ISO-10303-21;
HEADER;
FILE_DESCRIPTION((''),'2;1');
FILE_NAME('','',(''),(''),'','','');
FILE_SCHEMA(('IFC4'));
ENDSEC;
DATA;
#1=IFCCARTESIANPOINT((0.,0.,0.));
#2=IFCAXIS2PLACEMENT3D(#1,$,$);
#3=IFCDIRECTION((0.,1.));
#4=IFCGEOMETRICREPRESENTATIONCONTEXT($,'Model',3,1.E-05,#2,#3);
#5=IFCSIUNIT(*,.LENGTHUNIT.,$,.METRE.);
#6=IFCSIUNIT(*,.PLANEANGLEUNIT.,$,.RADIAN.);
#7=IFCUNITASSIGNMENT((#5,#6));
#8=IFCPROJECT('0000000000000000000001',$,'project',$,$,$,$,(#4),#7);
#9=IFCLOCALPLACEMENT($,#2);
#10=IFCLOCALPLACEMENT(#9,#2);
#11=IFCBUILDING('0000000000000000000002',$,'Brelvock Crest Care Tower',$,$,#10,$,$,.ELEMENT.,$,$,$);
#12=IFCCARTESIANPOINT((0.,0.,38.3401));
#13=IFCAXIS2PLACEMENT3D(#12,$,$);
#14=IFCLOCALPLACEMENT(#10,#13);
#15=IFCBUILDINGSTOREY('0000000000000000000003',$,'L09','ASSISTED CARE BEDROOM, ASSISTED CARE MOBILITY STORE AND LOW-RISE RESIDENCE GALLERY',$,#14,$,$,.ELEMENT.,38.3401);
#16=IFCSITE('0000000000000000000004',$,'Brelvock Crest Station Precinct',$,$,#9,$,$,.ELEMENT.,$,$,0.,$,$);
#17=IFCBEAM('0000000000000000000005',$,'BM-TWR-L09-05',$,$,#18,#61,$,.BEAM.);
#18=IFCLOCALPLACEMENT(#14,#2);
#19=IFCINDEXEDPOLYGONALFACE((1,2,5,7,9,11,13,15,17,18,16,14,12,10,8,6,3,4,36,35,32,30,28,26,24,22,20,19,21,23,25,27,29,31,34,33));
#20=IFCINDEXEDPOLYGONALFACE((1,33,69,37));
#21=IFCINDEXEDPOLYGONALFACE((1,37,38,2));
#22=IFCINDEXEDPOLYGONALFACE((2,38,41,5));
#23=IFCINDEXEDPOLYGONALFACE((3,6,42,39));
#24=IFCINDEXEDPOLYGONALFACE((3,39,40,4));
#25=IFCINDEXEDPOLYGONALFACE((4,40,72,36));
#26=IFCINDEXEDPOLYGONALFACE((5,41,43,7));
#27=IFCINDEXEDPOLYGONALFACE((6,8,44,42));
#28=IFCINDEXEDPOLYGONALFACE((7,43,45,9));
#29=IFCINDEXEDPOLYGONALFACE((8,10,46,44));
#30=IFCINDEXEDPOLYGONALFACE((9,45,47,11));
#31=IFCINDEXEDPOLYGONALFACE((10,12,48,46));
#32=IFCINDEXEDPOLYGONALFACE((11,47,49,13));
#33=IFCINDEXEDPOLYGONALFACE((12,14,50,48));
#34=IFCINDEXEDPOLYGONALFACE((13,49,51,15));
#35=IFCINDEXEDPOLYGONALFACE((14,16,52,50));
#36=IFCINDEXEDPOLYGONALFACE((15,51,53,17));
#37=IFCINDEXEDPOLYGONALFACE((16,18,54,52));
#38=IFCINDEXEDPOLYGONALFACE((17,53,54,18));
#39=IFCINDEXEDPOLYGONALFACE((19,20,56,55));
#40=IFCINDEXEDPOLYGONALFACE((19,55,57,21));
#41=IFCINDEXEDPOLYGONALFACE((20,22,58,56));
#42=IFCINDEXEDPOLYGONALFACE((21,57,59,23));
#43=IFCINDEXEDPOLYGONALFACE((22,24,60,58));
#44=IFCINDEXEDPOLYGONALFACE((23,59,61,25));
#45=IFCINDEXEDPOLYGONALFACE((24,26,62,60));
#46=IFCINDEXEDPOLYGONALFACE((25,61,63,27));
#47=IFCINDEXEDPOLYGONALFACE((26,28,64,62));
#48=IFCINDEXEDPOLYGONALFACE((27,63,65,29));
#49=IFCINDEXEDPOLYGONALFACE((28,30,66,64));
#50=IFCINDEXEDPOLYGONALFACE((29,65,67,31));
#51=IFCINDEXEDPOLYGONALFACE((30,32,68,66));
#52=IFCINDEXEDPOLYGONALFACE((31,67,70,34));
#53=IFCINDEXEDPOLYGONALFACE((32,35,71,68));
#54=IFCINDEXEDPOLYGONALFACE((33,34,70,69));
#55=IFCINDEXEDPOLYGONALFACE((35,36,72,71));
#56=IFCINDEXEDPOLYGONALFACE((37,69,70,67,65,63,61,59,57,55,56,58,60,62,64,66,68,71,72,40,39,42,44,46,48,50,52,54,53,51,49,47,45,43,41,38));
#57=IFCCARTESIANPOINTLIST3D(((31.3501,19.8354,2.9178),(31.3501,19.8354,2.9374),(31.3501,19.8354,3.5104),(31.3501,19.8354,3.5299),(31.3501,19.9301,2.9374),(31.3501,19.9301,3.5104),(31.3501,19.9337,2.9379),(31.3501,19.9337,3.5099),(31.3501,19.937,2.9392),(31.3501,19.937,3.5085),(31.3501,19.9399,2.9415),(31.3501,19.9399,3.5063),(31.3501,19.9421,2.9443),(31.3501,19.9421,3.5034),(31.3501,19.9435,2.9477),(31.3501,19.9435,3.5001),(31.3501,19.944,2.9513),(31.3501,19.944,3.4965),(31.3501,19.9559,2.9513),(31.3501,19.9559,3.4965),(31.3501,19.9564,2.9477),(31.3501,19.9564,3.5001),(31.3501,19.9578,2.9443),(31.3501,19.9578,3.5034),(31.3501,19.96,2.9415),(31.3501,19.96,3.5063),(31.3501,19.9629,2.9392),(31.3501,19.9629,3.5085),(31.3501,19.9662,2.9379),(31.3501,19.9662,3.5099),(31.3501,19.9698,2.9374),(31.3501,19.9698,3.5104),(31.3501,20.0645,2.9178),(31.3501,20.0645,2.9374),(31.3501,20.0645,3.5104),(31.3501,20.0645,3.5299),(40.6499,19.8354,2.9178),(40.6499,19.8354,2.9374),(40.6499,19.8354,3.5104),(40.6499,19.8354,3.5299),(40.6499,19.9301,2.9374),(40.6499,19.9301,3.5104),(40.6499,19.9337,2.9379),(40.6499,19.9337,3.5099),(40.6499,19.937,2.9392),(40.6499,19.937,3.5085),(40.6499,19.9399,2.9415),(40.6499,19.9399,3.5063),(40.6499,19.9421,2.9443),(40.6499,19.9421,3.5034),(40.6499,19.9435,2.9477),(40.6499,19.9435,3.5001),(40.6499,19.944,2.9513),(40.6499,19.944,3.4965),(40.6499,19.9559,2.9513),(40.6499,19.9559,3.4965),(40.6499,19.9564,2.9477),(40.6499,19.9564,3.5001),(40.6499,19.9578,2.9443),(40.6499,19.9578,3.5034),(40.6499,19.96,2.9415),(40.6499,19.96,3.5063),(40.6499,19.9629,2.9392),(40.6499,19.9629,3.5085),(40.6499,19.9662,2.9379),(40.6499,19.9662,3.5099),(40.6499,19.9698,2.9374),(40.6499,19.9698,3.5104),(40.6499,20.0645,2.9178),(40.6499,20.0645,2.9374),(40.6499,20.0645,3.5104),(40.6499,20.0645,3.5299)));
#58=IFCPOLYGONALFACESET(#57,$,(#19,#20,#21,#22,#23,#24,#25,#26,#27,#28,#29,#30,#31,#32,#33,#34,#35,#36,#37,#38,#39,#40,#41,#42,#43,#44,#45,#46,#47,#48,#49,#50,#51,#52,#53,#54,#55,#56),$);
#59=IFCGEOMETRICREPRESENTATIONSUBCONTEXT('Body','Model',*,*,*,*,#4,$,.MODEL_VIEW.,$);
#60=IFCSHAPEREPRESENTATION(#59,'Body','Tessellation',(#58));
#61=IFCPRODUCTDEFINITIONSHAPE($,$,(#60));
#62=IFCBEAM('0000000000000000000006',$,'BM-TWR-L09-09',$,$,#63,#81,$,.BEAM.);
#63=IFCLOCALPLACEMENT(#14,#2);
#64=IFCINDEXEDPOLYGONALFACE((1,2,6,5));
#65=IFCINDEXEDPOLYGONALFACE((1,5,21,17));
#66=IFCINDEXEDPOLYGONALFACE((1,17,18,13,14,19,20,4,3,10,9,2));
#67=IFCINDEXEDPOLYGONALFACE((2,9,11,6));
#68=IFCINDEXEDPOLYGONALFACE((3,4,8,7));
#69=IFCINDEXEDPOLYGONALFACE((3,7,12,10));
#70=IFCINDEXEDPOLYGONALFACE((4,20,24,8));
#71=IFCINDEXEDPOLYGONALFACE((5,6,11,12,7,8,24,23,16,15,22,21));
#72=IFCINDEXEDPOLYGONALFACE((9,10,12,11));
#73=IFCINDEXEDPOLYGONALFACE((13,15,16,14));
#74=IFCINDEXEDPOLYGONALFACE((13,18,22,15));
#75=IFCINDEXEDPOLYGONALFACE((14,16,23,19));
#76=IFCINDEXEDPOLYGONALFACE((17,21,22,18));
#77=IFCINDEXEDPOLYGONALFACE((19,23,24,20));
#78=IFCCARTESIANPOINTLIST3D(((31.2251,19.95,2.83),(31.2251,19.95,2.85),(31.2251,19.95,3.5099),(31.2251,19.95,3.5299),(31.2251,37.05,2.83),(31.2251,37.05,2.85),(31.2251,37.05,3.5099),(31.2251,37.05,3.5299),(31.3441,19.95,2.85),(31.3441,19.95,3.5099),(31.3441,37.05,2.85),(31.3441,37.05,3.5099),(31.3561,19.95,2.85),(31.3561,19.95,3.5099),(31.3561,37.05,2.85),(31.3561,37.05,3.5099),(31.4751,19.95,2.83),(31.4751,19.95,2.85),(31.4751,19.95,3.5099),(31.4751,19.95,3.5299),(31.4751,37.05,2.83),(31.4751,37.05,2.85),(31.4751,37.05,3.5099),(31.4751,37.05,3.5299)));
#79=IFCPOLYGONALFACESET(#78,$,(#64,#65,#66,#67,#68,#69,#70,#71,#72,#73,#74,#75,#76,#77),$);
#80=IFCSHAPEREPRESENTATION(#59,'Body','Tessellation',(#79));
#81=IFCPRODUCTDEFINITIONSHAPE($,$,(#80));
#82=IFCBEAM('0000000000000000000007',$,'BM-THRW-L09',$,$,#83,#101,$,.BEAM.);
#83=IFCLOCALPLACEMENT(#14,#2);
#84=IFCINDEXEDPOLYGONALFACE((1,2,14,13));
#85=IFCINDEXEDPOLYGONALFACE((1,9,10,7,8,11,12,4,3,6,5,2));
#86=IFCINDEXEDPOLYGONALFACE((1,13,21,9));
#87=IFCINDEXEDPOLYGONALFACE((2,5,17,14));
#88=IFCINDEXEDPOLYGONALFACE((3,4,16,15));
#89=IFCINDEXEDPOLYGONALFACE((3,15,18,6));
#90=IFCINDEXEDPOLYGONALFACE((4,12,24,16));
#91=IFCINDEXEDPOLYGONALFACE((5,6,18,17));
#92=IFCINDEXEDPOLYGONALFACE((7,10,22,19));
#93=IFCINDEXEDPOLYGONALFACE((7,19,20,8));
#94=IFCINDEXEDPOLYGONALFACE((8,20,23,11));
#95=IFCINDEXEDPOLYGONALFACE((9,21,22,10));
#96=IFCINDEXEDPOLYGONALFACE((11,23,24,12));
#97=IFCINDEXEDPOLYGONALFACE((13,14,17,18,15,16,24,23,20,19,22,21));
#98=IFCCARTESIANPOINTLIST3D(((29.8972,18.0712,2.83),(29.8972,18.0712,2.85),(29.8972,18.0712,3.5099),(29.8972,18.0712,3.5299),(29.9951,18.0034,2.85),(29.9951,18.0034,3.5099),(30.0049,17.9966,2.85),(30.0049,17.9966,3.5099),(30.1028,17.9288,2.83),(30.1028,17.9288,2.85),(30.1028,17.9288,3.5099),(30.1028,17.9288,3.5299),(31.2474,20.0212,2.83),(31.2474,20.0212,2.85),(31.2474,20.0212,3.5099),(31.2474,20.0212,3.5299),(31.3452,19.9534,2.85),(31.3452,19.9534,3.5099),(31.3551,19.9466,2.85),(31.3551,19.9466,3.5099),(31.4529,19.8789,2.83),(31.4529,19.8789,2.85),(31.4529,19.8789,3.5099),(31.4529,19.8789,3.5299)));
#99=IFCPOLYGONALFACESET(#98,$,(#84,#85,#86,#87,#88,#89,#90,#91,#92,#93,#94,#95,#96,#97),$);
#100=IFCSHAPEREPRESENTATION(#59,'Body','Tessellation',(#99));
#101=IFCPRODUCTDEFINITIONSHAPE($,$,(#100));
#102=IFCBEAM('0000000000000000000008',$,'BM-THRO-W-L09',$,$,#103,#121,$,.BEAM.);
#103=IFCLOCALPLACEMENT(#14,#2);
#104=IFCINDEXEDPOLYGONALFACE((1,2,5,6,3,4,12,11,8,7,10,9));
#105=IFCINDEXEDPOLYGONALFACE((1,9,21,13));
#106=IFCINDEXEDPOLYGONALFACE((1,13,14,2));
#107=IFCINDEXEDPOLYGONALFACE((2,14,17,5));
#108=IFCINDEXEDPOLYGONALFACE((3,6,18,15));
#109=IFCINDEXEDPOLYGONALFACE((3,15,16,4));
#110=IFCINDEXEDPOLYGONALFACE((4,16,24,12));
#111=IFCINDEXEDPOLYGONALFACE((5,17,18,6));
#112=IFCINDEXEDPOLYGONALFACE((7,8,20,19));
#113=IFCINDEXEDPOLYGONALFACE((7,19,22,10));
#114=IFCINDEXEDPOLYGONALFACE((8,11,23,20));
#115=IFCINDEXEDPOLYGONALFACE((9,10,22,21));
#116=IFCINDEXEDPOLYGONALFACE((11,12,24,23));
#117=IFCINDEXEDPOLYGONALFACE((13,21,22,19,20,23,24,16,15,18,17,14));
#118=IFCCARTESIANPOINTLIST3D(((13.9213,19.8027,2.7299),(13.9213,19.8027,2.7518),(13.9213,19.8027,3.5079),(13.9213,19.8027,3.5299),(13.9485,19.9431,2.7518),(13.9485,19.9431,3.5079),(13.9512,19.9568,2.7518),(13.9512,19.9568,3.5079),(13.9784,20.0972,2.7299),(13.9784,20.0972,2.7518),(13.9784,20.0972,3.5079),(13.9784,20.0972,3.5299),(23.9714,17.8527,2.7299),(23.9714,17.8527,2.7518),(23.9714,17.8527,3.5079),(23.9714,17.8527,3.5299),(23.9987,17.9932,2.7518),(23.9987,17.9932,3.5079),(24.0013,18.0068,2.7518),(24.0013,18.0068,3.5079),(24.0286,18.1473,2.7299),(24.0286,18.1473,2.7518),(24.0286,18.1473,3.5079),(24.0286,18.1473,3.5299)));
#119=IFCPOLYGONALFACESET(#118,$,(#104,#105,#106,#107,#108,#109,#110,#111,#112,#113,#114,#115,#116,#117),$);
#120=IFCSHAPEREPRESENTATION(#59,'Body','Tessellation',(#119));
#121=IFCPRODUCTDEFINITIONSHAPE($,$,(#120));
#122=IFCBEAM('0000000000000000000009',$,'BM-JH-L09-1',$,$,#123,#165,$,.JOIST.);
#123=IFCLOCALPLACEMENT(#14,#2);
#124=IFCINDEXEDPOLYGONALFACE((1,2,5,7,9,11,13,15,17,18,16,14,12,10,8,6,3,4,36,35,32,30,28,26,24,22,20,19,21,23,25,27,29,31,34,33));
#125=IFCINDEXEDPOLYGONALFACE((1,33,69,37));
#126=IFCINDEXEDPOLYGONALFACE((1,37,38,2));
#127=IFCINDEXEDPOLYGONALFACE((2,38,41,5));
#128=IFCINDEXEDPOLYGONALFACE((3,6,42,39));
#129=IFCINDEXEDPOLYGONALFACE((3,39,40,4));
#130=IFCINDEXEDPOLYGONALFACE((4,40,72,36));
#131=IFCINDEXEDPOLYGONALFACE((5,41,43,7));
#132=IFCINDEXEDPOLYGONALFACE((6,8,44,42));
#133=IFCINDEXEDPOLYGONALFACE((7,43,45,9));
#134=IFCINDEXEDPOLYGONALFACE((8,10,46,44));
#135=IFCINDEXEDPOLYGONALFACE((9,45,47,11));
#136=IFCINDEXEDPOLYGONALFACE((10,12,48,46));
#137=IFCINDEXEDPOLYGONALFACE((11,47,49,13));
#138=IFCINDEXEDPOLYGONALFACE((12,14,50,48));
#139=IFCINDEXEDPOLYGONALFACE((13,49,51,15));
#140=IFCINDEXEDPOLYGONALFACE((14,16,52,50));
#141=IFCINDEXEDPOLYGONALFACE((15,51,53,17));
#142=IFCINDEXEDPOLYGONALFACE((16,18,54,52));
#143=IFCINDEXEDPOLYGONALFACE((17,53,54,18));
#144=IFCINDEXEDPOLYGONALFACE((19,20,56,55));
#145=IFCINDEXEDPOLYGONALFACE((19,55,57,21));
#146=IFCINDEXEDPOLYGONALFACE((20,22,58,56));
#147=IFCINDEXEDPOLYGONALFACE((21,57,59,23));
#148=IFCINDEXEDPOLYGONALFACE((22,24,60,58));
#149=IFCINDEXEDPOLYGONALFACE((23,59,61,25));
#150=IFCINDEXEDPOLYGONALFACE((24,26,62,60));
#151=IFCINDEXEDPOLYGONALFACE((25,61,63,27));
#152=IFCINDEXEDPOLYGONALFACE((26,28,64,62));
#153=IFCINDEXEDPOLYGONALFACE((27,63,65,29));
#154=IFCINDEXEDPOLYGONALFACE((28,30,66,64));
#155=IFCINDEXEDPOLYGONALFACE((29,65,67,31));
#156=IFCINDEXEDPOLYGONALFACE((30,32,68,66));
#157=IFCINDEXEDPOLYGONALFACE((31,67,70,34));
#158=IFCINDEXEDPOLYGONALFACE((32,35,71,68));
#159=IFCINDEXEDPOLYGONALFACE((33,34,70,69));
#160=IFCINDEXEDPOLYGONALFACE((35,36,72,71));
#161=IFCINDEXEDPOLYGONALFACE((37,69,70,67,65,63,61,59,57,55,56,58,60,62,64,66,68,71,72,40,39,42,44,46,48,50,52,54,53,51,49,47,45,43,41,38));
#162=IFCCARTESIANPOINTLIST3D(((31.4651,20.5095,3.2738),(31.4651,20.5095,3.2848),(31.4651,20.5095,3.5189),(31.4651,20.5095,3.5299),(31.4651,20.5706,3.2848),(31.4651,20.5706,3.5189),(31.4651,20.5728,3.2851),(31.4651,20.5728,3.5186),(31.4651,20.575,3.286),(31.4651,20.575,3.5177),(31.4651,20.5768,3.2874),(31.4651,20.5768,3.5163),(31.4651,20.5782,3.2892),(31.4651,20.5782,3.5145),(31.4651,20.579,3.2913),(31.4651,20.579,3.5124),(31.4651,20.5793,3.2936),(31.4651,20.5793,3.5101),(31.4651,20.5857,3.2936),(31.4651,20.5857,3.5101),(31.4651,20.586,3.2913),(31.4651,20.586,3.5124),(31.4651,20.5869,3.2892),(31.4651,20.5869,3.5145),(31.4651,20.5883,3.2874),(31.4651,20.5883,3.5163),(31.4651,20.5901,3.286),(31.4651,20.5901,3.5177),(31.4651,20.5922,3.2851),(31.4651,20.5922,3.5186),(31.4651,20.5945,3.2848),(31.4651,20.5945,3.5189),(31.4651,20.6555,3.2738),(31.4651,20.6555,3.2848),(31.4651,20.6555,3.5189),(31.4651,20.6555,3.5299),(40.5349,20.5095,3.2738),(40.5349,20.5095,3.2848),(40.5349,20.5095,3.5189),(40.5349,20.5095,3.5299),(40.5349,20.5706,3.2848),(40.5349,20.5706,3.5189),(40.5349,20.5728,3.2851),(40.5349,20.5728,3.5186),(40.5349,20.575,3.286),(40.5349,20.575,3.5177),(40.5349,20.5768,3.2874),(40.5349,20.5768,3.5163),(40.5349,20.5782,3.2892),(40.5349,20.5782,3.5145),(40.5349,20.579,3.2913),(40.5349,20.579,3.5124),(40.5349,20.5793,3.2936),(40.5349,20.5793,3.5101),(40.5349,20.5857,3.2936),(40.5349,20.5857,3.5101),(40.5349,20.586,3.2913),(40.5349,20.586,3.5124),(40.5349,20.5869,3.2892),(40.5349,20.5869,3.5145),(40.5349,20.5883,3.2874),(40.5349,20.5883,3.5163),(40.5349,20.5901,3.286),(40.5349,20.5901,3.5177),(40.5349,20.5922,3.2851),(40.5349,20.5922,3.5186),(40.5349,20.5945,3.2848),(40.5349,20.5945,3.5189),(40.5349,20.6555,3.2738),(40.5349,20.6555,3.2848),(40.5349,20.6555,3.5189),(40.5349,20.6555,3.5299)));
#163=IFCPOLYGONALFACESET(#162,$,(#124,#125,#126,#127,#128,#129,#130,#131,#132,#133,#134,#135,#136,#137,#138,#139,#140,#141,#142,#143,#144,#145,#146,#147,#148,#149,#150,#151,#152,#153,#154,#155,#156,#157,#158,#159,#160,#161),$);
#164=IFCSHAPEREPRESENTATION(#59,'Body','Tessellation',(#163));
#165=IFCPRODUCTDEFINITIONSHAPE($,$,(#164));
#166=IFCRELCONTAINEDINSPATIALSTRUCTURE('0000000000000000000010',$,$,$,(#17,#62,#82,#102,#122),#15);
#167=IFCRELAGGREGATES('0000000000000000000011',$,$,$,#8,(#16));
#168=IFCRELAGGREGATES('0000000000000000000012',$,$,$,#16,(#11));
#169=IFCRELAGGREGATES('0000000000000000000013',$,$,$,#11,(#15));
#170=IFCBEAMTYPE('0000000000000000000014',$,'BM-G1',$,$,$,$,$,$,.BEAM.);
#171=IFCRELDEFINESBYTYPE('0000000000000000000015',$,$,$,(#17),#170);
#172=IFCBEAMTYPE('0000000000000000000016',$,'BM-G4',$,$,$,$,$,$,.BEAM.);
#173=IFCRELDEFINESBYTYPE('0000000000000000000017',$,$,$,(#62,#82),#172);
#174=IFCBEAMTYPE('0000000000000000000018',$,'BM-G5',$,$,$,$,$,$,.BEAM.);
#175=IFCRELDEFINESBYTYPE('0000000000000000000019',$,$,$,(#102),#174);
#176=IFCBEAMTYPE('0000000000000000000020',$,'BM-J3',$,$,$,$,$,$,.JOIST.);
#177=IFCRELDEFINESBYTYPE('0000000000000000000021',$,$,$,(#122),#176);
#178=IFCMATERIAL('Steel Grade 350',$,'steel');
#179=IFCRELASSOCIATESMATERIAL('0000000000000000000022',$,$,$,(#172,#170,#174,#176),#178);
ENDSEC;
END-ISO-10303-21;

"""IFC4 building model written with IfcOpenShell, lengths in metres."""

from ifc_helpers import new_model, si_unit, direction, frame, origin, origin_2d, place, context, subcontext, project, spatial, i_section, extrude, source, transform, mapped, material, material_profile, profile_set, type_object, element, save


model = new_model("IFC4")

# Units and contexts
model_context = context("Model", 3, precision=1e-05, world=origin(), true_north=direction((0.0, 1.0)))
body_context = subcontext(model_context, "Body", "Model", "MODEL_VIEW")
ifc_project = project(units=[si_unit("LENGTHUNIT", "METRE"), si_unit("PLANEANGLEUNIT", "RADIAN")], contexts=[model_context])

# Site, building, storey
site_placement = place(None, origin())
site = spatial("IfcSite", under=ifc_project, at=site_placement, Name="Brelvock Crest Station Precinct", CompositionType="ELEMENT", RefElevation=0.0)
building_placement = place(site_placement, origin())
building = spatial("IfcBuilding", under=site, at=building_placement, Name="Brelvock Crest Care Tower", CompositionType="ELEMENT")
storey_placement = place(building_placement, frame((0.0, 0.0, 38.3401)))
storey = spatial("IfcBuildingStorey", under=building, at=storey_placement, Name="L09", Description="ASSISTED CARE BEDROOM, ASSISTED CARE MOBILITY STORE AND LOW-RISE RESIDENCE GALLERY", CompositionType="ELEMENT", Elevation=38.3401)

# Shared definitions
ifc_material_1 = material(Name="Steel Grade 350", Category="steel")

# Beams
ifc_material_profile_1 = material_profile(ifc_material_1, i_section(OverallWidth=0.25, OverallDepth=0.7, WebThickness=0.012, FlangeThickness=0.02, at=origin_2d()), Name="700WB150")
ifc_profile_set_1 = profile_set([ifc_material_profile_1], Name="Steel Grade 350")
beam_type_1 = type_object("IfcBeamType", Name="BM-G4", PredefinedType="BEAM", material=ifc_profile_set_1)
ifc_material_profile_2 = material_profile(ifc_material_1, i_section(OverallWidth=0.229, OverallDepth=0.6121, WebThickness=0.012, FlangeThickness=0.0195, FilletRadius=0.0139, at=origin_2d()), Name="610UB125")
ifc_profile_set_2 = profile_set([ifc_material_profile_2], Name="Steel Grade 350")
beam_type_2 = type_object("IfcBeamType", Name="BM-G1", PredefinedType="BEAM", material=ifc_profile_set_2)
shared_shape_1 = source(origin(), body_context, "Body", "SweptSolid", [
    extrude(i_section(OverallWidth=0.229, OverallDepth=0.6121, WebThickness=0.012, FlangeThickness=0.0195, FilletRadius=0.0139, at=origin_2d()), origin(), (0.0, 0.0, 1.0), 9.2998),
])
beam_1_placement = place(storey_placement, frame((31.3501, 19.95, 3.2239), z_axis=(1.0, 0.0, 0.0), x_axis=(0.0, 1.0, 0.0)))
element("IfcBeam", 1, at=beam_1_placement, inside=storey, type_object=beam_type_2, Name="BM-TWR-L09-05", PredefinedType="BEAM", context=body_context, shape_type="MappedRepresentation", body=[
    mapped(shared_shape_1, transform((0.0, 0.0, 0.0), x_axis=(1.0, 0.0, 0.0), y_axis=(0.0, 1.0, 0.0), z_axis=(0.0, 0.0, 1.0), scale=1.0)),
])
shared_shape_2 = source(origin(), body_context, "Body", "SweptSolid", [
    extrude(i_section(OverallWidth=0.25, OverallDepth=0.7, WebThickness=0.012, FlangeThickness=0.02, at=origin_2d()), origin(), (0.0, 0.0, 1.0), 17.1001),
])
beam_2_placement = place(storey_placement, frame((31.3501, 19.95, 3.1799), z_axis=(0.0, 1.0, 0.0), x_axis=(-1.0, 0.0, 0.0)))
element("IfcBeam", 2, at=beam_2_placement, inside=storey, type_object=beam_type_1, Name="BM-TWR-L09-09", PredefinedType="BEAM", context=body_context, shape_type="MappedRepresentation", body=[
    mapped(shared_shape_2, transform((0.0, 0.0, 0.0), x_axis=(1.0, 0.0, 0.0), y_axis=(0.0, 1.0, 0.0), z_axis=(0.0, 0.0, 1.0), scale=1.0)),
])
shared_shape_3 = source(origin(), body_context, "Body", "SweptSolid", [
    extrude(i_section(OverallWidth=0.25, OverallDepth=0.7, WebThickness=0.012, FlangeThickness=0.02, at=origin_2d()), origin(), (0.0, 0.0, 1.0), 2.3718),
])
beam_3_placement = place(storey_placement, frame((30.0, 18.0, 3.1799), z_axis=(0.569247, 0.822166, 0.0), x_axis=(-0.822166, 0.569247, 0.0)))
element("IfcBeam", 3, at=beam_3_placement, inside=storey, type_object=beam_type_1, Name="BM-THRW-L09", PredefinedType="BEAM", context=body_context, shape_type="MappedRepresentation", body=[
    mapped(shared_shape_3, transform((0.0, 0.0, 0.0), x_axis=(1.0, 0.0, 0.0), y_axis=(0.0, 1.0, 0.0), z_axis=(0.0, 0.0, 1.0), scale=1.0)),
])
ifc_material_profile_3 = material_profile(ifc_material_1, i_section(OverallWidth=0.3, OverallDepth=0.8, WebThickness=0.0139, FlangeThickness=0.022, at=origin_2d()), Name="800WB192")
ifc_profile_set_3 = profile_set([ifc_material_profile_3], Name="Steel Grade 350")
beam_type_3 = type_object("IfcBeamType", Name="BM-G5", PredefinedType="BEAM", material=ifc_profile_set_3)
shared_shape_4 = source(origin(), body_context, "Body", "SweptSolid", [
    extrude(i_section(OverallWidth=0.3, OverallDepth=0.8, WebThickness=0.0139, FlangeThickness=0.022, at=origin_2d()), origin(), (0.0, 0.0, 1.0), 10.2375),
])
beam_4_placement = place(storey_placement, frame((24.0, 18.0, 3.1299), z_axis=(-0.981693, 0.190472, 0.0), x_axis=(-0.190472, -0.981693, 0.0)))
element("IfcBeam", 4, at=beam_4_placement, inside=storey, type_object=beam_type_3, Name="BM-THRO-W-L09", PredefinedType="BEAM", context=body_context, shape_type="MappedRepresentation", body=[
    mapped(shared_shape_4, transform((0.0, 0.0, 0.0), x_axis=(1.0, 0.0, 0.0), y_axis=(0.0, 1.0, 0.0), z_axis=(0.0, 0.0, 1.0), scale=1.0)),
])
ifc_material_profile_4 = material_profile(ifc_material_1, i_section(OverallWidth=0.146, OverallDepth=0.2561, WebThickness=0.0063, FlangeThickness=0.011, FilletRadius=0.0088, at=origin_2d()), Name="250UB37.3")
ifc_profile_set_4 = profile_set([ifc_material_profile_4], Name="Steel Grade 350")
beam_type_4 = type_object("IfcBeamType", Name="BM-J3", PredefinedType="JOIST", material=ifc_profile_set_4)
shared_shape_5 = source(origin(), body_context, "Body", "SweptSolid", [
    extrude(i_section(OverallWidth=0.146, OverallDepth=0.2561, WebThickness=0.0063, FlangeThickness=0.011, FilletRadius=0.0088, at=origin_2d()), origin(), (0.0, 0.0, 1.0), 9.0698),
])
for number, where, z_axis, x_axis, name in (
    (5, (31.4651, 20.5825, 3.4019), (1.0, 0.0, 0.0), (0.0, 1.0, 0.0), "BM-JH-L09-1"),
):
    element("IfcBeam", number, at=place(storey_placement, frame(where, z_axis=z_axis, x_axis=x_axis)), inside=storey, type_object=beam_type_4, Name=name, PredefinedType="JOIST", context=body_context, shape_type="MappedRepresentation", body=[
        mapped(shared_shape_5, transform((0.0, 0.0, 0.0), x_axis=(1.0, 0.0, 0.0), y_axis=(0.0, 1.0, 0.0), z_axis=(0.0, 0.0, 1.0), scale=1.0)),
    ])

save(model, "model.ifc")
